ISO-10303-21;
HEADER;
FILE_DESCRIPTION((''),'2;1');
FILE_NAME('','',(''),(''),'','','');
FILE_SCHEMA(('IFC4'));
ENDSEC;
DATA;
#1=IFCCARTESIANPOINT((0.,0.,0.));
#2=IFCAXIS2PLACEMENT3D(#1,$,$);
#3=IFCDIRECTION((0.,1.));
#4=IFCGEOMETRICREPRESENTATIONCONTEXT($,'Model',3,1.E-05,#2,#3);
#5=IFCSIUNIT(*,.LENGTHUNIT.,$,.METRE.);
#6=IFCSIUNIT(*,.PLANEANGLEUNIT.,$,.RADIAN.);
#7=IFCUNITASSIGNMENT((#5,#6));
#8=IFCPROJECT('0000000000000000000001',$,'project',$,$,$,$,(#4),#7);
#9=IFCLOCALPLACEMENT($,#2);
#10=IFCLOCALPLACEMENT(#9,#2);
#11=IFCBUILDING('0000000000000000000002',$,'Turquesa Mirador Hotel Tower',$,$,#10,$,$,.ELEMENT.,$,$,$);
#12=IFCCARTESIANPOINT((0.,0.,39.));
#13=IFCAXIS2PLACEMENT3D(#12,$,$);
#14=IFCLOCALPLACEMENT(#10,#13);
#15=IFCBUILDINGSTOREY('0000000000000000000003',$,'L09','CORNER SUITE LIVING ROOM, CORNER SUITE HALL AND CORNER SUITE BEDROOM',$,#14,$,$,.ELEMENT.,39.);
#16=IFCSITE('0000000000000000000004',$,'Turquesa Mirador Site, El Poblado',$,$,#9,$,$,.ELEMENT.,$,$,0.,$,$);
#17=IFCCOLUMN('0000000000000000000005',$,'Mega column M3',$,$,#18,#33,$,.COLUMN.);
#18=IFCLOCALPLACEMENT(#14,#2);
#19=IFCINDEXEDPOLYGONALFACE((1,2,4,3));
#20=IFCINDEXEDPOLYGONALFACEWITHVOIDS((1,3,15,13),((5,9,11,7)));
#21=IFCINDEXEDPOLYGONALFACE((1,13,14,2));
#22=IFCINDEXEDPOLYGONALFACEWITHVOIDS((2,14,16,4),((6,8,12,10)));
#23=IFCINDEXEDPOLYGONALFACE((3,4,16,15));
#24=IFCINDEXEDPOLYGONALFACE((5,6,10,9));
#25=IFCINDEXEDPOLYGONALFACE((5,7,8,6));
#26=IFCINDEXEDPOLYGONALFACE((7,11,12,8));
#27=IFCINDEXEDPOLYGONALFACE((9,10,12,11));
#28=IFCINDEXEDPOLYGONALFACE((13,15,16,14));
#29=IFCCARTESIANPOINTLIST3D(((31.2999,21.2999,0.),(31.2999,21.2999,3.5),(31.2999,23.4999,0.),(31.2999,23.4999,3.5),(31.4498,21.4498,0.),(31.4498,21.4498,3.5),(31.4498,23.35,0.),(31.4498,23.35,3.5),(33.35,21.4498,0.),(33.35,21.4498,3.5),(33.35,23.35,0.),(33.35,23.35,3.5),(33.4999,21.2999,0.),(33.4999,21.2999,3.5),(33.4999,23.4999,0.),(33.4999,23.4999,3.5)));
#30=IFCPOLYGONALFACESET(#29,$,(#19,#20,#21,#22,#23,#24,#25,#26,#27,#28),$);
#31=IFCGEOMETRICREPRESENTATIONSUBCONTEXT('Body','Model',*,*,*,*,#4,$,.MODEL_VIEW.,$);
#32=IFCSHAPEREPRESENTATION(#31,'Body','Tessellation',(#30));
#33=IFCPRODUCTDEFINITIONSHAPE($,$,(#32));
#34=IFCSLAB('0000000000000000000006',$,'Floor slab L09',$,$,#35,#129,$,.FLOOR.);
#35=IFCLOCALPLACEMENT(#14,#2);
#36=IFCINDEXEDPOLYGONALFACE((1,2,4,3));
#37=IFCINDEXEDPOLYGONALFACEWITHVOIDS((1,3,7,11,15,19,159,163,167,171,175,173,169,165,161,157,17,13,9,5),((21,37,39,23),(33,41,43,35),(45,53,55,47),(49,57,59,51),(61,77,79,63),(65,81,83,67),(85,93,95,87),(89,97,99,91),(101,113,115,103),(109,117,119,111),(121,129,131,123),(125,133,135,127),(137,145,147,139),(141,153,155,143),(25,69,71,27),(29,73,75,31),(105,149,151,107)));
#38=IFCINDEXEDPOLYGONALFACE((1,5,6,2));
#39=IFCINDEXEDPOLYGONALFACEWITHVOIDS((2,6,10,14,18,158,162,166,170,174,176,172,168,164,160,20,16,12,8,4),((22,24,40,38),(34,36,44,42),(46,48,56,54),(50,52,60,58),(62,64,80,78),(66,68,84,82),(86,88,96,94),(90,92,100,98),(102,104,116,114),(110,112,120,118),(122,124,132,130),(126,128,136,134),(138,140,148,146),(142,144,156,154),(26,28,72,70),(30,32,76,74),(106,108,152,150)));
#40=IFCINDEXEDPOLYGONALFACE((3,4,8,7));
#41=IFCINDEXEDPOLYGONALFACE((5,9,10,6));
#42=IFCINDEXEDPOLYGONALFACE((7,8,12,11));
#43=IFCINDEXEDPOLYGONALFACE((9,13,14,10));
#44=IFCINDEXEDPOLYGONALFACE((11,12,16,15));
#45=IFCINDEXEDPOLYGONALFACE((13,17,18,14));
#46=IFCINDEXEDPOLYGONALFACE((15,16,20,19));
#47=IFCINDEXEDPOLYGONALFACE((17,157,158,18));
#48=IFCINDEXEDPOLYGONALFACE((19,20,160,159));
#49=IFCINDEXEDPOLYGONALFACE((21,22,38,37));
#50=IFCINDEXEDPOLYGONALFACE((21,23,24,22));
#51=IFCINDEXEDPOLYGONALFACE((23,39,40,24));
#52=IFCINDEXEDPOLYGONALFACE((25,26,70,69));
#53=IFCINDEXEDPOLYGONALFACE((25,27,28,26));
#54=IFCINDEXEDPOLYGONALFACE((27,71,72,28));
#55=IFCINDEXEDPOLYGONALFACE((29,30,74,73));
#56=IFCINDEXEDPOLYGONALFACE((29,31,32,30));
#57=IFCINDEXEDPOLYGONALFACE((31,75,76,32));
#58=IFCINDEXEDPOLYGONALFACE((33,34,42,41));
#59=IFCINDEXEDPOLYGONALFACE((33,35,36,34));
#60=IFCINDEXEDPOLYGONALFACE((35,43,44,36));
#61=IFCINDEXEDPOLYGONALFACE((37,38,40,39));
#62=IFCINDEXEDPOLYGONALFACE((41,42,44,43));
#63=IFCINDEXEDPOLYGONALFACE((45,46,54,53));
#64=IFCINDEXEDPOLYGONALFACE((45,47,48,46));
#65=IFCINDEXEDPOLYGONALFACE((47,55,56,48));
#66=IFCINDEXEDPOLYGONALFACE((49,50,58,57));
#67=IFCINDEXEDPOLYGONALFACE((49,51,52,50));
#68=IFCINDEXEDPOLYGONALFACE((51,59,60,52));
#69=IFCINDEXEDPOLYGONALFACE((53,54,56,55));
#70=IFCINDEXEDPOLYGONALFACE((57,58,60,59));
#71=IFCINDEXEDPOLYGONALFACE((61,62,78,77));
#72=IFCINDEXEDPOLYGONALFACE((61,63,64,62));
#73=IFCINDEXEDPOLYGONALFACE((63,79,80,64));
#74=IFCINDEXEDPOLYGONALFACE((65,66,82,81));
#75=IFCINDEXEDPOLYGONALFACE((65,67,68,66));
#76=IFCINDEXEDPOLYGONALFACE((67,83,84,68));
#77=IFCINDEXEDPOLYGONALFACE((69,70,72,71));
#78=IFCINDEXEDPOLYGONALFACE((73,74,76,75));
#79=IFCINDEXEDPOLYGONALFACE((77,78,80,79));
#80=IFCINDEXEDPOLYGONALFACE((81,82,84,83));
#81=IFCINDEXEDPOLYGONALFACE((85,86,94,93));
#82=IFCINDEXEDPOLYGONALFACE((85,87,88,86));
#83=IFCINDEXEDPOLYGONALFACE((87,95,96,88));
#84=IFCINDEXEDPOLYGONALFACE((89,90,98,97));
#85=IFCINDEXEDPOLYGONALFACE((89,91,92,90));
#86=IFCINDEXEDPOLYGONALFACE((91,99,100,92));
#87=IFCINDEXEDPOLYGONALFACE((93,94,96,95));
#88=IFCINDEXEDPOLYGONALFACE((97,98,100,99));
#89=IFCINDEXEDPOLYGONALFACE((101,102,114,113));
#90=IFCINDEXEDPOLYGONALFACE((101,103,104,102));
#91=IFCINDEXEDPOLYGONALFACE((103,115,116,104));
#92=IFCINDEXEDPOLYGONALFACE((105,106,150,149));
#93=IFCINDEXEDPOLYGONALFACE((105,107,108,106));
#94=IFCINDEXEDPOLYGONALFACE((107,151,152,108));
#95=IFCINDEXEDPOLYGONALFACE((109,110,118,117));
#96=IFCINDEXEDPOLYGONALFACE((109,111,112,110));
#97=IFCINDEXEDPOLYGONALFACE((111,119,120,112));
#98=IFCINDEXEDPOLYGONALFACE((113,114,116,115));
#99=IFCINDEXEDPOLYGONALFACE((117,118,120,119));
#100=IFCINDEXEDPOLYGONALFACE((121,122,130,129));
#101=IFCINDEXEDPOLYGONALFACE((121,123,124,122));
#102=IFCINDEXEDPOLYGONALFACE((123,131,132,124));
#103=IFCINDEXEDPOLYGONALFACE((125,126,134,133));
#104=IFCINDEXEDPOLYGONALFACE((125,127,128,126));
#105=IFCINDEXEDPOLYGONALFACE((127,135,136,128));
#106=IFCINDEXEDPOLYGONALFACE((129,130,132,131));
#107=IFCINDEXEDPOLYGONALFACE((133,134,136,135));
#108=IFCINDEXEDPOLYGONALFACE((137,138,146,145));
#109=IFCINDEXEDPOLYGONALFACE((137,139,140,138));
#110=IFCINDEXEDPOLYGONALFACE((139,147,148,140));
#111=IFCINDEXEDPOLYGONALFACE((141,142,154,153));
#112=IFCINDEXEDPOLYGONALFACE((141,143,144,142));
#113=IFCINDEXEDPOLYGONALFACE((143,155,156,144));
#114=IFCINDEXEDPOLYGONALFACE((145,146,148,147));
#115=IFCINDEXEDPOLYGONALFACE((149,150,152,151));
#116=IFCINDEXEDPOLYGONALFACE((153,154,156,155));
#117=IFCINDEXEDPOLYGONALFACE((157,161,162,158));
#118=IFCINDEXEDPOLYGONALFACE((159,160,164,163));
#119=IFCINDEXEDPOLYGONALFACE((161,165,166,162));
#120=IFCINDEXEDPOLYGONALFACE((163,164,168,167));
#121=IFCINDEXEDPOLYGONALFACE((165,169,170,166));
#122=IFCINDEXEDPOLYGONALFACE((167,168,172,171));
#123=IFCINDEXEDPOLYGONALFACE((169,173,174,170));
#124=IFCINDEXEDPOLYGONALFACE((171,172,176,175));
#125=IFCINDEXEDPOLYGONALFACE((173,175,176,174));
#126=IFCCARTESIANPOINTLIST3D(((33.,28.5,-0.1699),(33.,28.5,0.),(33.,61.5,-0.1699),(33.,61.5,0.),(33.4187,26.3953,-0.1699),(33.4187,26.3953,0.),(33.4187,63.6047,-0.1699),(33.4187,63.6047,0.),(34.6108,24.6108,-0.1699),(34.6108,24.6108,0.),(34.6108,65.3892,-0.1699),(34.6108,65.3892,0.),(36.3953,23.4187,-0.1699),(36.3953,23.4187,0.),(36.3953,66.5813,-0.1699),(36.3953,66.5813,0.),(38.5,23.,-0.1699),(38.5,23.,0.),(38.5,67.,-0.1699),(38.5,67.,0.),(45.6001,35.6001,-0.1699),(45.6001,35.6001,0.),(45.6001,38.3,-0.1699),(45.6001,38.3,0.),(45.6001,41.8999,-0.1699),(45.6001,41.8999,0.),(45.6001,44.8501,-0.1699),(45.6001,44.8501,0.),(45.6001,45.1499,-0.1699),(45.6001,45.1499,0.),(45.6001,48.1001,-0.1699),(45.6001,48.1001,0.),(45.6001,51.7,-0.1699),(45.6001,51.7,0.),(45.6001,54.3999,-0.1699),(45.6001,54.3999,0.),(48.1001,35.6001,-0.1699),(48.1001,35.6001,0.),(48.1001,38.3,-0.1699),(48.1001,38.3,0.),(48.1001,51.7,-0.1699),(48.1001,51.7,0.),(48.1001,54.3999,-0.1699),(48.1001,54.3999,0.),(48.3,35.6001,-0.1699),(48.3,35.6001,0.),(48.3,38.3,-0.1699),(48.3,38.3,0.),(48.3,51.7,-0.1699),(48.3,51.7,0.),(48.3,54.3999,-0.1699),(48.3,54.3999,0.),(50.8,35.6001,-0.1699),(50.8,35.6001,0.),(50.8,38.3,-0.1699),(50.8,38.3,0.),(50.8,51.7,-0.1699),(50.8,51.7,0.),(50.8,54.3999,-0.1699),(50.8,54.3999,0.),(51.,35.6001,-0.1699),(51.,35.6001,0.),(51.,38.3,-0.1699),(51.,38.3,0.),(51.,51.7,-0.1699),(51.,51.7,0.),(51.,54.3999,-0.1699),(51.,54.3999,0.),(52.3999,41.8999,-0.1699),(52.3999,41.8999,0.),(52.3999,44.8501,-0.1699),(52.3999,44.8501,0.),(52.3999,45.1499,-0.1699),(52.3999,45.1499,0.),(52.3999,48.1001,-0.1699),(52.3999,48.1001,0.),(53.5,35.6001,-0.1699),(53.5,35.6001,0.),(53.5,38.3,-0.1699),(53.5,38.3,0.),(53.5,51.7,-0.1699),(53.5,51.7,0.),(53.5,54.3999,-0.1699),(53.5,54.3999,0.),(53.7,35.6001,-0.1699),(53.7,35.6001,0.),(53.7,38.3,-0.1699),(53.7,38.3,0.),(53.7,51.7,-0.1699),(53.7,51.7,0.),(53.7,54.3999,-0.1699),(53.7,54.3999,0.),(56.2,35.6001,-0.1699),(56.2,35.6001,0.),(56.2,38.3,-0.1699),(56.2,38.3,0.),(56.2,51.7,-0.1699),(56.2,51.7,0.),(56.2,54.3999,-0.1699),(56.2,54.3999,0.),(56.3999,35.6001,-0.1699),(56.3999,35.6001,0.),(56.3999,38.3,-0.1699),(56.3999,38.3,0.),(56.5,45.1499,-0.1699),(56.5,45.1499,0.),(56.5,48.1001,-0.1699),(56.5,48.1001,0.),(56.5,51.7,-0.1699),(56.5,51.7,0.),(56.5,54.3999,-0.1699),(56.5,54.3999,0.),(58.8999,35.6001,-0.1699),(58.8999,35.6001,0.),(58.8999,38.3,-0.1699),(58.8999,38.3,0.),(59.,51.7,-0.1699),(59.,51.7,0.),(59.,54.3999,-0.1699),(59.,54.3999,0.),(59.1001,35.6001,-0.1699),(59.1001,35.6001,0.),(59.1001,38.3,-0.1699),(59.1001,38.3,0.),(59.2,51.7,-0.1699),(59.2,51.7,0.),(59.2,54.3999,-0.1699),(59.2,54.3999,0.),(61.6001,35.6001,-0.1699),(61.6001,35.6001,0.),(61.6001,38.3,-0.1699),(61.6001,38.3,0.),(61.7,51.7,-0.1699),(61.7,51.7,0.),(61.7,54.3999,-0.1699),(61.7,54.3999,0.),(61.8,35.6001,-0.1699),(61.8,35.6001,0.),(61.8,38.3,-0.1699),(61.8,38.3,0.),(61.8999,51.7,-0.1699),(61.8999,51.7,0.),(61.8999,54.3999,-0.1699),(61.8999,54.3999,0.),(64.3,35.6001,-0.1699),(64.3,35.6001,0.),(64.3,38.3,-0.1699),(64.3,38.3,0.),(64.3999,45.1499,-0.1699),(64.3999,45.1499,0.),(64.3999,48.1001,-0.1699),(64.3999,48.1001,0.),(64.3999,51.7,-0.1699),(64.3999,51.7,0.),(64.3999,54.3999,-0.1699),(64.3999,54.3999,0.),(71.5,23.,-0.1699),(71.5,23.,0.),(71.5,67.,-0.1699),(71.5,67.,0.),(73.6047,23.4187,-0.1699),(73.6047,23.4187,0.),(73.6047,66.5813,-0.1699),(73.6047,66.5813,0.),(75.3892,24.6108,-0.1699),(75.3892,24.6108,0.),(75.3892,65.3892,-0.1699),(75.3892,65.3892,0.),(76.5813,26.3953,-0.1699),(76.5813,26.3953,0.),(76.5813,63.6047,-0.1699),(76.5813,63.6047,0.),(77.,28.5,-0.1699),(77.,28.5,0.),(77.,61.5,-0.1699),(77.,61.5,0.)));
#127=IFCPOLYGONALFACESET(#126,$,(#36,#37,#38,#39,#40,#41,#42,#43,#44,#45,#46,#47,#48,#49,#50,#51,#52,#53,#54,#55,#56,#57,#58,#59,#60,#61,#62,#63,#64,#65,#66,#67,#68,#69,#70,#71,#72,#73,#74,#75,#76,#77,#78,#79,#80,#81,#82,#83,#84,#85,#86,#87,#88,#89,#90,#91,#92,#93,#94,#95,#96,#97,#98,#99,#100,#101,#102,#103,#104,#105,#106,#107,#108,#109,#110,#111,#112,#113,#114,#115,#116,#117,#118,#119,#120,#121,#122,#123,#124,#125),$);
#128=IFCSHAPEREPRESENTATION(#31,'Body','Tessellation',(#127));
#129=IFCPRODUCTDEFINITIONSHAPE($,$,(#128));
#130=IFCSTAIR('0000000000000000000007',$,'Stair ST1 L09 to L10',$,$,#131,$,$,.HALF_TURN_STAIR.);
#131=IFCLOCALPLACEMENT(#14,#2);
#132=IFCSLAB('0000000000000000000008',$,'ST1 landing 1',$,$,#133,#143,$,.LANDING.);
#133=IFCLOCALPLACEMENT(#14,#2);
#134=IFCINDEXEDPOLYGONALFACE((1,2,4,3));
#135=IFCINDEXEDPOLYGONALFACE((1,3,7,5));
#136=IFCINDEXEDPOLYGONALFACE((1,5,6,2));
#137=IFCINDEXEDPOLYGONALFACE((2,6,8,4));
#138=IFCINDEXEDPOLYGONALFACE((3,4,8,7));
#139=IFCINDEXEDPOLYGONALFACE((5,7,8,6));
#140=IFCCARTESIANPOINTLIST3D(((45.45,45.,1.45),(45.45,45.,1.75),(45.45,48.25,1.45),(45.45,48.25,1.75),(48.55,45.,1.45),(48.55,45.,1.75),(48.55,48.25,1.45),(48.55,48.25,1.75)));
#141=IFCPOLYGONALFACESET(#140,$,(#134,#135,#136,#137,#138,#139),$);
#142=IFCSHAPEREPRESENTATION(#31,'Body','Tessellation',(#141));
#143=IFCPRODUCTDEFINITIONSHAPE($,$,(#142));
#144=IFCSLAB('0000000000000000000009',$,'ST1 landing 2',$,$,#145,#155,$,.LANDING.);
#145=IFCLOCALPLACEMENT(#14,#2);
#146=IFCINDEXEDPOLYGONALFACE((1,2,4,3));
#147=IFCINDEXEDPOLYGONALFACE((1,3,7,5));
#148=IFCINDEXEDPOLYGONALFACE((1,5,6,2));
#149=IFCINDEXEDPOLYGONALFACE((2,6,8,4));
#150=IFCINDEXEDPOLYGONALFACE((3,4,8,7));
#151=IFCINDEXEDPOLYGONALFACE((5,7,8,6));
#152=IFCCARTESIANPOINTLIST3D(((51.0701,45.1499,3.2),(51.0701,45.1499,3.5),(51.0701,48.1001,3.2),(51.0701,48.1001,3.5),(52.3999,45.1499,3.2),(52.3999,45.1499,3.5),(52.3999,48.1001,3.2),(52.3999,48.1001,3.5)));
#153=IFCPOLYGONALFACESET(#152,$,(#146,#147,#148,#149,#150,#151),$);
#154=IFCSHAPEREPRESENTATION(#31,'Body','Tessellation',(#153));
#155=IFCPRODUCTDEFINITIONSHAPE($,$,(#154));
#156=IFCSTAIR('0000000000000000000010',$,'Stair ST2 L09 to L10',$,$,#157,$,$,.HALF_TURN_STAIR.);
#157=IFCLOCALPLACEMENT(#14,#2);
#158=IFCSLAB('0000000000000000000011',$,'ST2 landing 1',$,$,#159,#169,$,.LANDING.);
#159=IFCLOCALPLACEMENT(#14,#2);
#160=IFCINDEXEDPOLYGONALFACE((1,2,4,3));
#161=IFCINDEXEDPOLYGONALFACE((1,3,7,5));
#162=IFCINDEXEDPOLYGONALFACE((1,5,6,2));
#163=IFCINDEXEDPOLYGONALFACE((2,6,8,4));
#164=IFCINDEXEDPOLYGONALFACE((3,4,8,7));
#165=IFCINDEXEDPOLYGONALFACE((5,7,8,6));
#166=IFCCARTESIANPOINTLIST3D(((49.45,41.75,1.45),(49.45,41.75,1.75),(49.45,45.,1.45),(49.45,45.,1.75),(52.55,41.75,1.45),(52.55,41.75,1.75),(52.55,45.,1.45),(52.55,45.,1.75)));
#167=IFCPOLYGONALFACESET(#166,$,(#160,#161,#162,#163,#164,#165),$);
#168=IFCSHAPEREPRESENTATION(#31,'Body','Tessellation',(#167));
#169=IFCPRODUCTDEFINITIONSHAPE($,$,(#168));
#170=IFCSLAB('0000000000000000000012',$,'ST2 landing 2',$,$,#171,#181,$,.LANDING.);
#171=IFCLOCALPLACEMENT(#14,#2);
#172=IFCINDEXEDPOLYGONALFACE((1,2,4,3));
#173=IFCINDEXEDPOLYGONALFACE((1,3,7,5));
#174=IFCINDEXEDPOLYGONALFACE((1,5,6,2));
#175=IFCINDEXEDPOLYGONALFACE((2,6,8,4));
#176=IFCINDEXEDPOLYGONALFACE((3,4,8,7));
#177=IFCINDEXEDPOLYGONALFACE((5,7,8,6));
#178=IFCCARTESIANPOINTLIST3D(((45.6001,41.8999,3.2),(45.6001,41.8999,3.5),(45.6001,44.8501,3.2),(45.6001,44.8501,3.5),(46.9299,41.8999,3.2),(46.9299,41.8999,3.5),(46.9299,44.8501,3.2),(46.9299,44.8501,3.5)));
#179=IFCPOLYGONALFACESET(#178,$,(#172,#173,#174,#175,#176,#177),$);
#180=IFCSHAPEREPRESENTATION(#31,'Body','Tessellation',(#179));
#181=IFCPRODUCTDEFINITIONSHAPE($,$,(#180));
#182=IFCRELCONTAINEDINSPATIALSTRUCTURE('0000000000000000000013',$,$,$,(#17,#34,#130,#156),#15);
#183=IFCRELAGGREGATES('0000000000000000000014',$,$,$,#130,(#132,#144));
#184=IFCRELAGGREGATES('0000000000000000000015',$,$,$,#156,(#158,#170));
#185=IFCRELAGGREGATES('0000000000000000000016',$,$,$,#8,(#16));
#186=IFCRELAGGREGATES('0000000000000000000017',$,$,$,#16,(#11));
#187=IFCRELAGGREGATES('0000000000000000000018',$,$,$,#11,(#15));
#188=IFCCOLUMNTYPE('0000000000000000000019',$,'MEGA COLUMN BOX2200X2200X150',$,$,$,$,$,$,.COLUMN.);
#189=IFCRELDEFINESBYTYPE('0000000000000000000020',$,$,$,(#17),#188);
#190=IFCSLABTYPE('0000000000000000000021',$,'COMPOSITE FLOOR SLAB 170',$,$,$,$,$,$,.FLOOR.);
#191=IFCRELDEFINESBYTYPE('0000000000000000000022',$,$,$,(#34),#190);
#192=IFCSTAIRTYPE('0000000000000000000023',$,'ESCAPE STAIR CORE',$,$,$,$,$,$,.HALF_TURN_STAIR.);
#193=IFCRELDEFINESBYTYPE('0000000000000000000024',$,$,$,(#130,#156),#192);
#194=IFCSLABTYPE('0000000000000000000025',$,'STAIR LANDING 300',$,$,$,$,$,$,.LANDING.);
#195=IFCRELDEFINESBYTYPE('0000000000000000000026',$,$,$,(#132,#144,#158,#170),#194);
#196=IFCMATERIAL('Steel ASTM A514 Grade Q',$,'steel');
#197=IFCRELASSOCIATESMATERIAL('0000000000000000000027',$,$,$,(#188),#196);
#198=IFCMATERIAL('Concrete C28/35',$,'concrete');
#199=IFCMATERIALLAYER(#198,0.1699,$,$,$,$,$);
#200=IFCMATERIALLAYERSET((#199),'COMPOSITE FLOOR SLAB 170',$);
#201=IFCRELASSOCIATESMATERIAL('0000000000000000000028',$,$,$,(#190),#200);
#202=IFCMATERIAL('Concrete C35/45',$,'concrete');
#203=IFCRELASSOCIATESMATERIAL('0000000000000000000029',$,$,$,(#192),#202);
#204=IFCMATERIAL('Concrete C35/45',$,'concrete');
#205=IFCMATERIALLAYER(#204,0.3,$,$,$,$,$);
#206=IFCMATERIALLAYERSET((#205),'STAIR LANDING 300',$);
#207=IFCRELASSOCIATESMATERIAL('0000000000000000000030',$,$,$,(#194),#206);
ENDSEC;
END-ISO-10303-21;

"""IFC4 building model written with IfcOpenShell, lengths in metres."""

from ifc_helpers import new_model, si_unit, direction, frame, origin, origin_2d, place, context, subcontext, project, spatial, polyline, hollow_rectangle, outline, extrude, material, layer, layer_set, material_profile, profile_set, type_object, element, aggregate, save


model = new_model("IFC4")

# Units and contexts
model_context = context("Model", 3, precision=1e-05, world=origin(), true_north=direction((0.0, 1.0)))
body_context = subcontext(model_context, "Body", "Model", "MODEL_VIEW")
ifc_project = project(units=[si_unit("LENGTHUNIT", "METRE"), si_unit("PLANEANGLEUNIT", "RADIAN")], contexts=[model_context])

# Site, building, storey
site_placement = place(None, origin())
site = spatial("IfcSite", under=ifc_project, at=site_placement, Name="Turquesa Mirador Site, El Poblado", CompositionType="ELEMENT", RefElevation=0.0)
building_placement = place(site_placement, origin())
building = spatial("IfcBuilding", under=site, at=building_placement, Name="Turquesa Mirador Hotel Tower", CompositionType="ELEMENT")
storey_placement = place(building_placement, frame((0.0, 0.0, 39.0)))
storey = spatial("IfcBuildingStorey", under=building, at=storey_placement, Name="L09", Description="CORNER SUITE LIVING ROOM, CORNER SUITE HALL AND CORNER SUITE BEDROOM", CompositionType="ELEMENT", Elevation=39.0)

# Column
ifc_material_1 = material(Name="Steel ASTM A514 Grade Q", Category="steel")
ifc_material_profile = material_profile(ifc_material_1, hollow_rectangle(XDim=2.2, YDim=2.2, WallThickness=0.1499, at=origin_2d()), Name="BOX2200X2200X150")
ifc_profile_set = profile_set([ifc_material_profile], Name="Steel ASTM A514 Grade Q")
column_type = type_object("IfcColumnType", Name="MEGA COLUMN BOX2200X2200X150", PredefinedType="COLUMN", material=ifc_profile_set)
column_placement = place(storey_placement, frame((32.3999, 22.3999, 0.0), z_axis=(0.0, 0.0, 1.0), x_axis=(1.0, 0.0, 0.0)))
element("IfcColumn", 1, at=column_placement, inside=storey, type_object=column_type, Name="Mega column M3", PredefinedType="COLUMN", context=body_context, shape_type="SweptSolid", body=[
    extrude(hollow_rectangle(XDim=2.2, YDim=2.2, WallThickness=0.1499, at=origin_2d()), origin(), (0.0, 0.0, 1.0), 3.5),
])

# Slab
ifc_material_2 = material(Name="Concrete C28/35", Category="concrete")
ifc_layer_1 = layer(ifc_material_2, 0.1699)
ifc_layer_set_1 = layer_set([ifc_layer_1], Name="COMPOSITE FLOOR SLAB 170")
slab_type_1 = type_object("IfcSlabType", Name="COMPOSITE FLOOR SLAB 170", PredefinedType="FLOOR", material=ifc_layer_set_1)
slab_1_placement = place(storey_placement, frame((0.0, 0.0, -0.1699)))
element("IfcSlab", 2, at=slab_1_placement, inside=storey, type_object=slab_type_1, Name="Floor slab L09", PredefinedType="FLOOR", context=body_context, shape_type="SweptSolid", body=[
    extrude(outline(polyline([(71.5, 23.0), (73.6047, 23.4187), (75.3892, 24.6108), (76.5813, 26.3953), (77.0, 28.5), (77.0, 61.5), (76.5813, 63.6047), (75.3892, 65.3892), (73.6047, 66.5813), (71.5, 67.0), (38.5, 67.0), (36.3953, 66.5813), (34.6108, 65.3892), (33.4187, 63.6047), (33.0, 61.5), (33.0, 28.5), (33.4187, 26.3953), (34.6108, 24.6108), (36.3953, 23.4187), (38.5, 23.0), (71.5, 23.0)]), holes=[polyline([(45.6001, 51.7), (48.1001, 51.7), (48.1001, 54.3999), (45.6001, 54.3999), (45.6001, 51.7)]), polyline([(48.3, 51.7), (50.8, 51.7), (50.8, 54.3999), (48.3, 54.3999), (48.3, 51.7)]), polyline([(51.0, 51.7), (53.5, 51.7), (53.5, 54.3999), (51.0, 54.3999), (51.0, 51.7)]), polyline([(53.7, 51.7), (56.2, 51.7), (56.2, 54.3999), (53.7, 54.3999), (53.7, 51.7)]), polyline([(56.5, 51.7), (59.0, 51.7), (59.0, 54.3999), (56.5, 54.3999), (56.5, 51.7)]), polyline([(59.2, 51.7), (61.7, 51.7), (61.7, 54.3999), (59.2, 54.3999), (59.2, 51.7)]), polyline([(45.6001, 35.6001), (48.1001, 35.6001), (48.1001, 38.3), (45.6001, 38.3), (45.6001, 35.6001)]), polyline([(48.3, 35.6001), (50.8, 35.6001), (50.8, 38.3), (48.3, 38.3), (48.3, 35.6001)]), polyline([(51.0, 35.6001), (53.5, 35.6001), (53.5, 38.3), (51.0, 38.3), (51.0, 35.6001)]), polyline([(53.7, 35.6001), (56.2, 35.6001), (56.2, 38.3), (53.7, 38.3), (53.7, 35.6001)]), polyline([(56.3999, 35.6001), (58.8999, 35.6001), (58.8999, 38.3), (56.3999, 38.3), (56.3999, 35.6001)]), polyline([(59.1001, 35.6001), (61.6001, 35.6001), (61.6001, 38.3), (59.1001, 38.3), (59.1001, 35.6001)]), polyline([(61.8, 35.6001), (64.3, 35.6001), (64.3, 38.3), (61.8, 38.3), (61.8, 35.6001)]), polyline([(45.6001, 45.1499), (52.3999, 45.1499), (52.3999, 48.1001), (45.6001, 48.1001), (45.6001, 45.1499)]), polyline([(45.6001, 41.8999), (52.3999, 41.8999), (52.3999, 44.8501), (45.6001, 44.8501), (45.6001, 41.8999)]), polyline([(56.5, 45.1499), (64.3999, 45.1499), (64.3999, 48.1001), (56.5, 48.1001), (56.5, 45.1499)]), polyline([(61.8999, 51.7), (64.3999, 51.7), (64.3999, 54.3999), (61.8999, 54.3999), (61.8999, 51.7)])]), origin(), (0.0, 0.0, 1.0), 0.1699),
])

# Stairs, slabs
ifc_material_3 = material(Name="Concrete C35/45", Category="concrete")
stair_type = type_object("IfcStairType", Name="ESCAPE STAIR CORE", PredefinedType="HALF_TURN_STAIR", material=ifc_material_3)
stair_1_placement = place(storey_placement, origin())
stair_1 = element("IfcStair", 3, at=stair_1_placement, inside=storey, type_object=stair_type, Name="Stair ST1 L09 to L10", PredefinedType="HALF_TURN_STAIR")
ifc_material_4 = material(Name="Concrete C35/45", Category="concrete")
ifc_layer_2 = layer(ifc_material_4, 0.3)
ifc_layer_set_2 = layer_set([ifc_layer_2], Name="STAIR LANDING 300")
slab_type_2 = type_object("IfcSlabType", Name="STAIR LANDING 300", PredefinedType="LANDING", material=ifc_layer_set_2)
slab_2_placement = place(storey_placement, frame((0.0, 0.0, 1.45)))
slab_2 = element("IfcSlab", 4, at=slab_2_placement, type_object=slab_type_2, Name="ST1 landing 1", PredefinedType="LANDING", context=body_context, shape_type="SweptSolid", body=[
    extrude(outline(polyline([(45.45, 45.0), (48.55, 45.0), (48.55, 48.25), (45.45, 48.25), (45.45, 45.0)])), origin(), (0.0, 0.0, 1.0), 0.3),
])
slab_3_placement = place(storey_placement, frame((0.0, 0.0, 3.2)))
slab_3 = element("IfcSlab", 5, at=slab_3_placement, type_object=slab_type_2, Name="ST1 landing 2", PredefinedType="LANDING", context=body_context, shape_type="SweptSolid", body=[
    extrude(outline(polyline([(51.0701, 45.1499), (52.3999, 45.1499), (52.3999, 48.1001), (51.0701, 48.1001), (51.0701, 45.1499)])), origin(), (0.0, 0.0, 1.0), 0.3),
])
aggregate(stair_1, [slab_2, slab_3])
stair_2_placement = place(storey_placement, origin())
stair_2 = element("IfcStair", 6, at=stair_2_placement, inside=storey, type_object=stair_type, Name="Stair ST2 L09 to L10", PredefinedType="HALF_TURN_STAIR")
slab_4_placement = place(storey_placement, frame((0.0, 0.0, 1.45)))
slab_4 = element("IfcSlab", 7, at=slab_4_placement, type_object=slab_type_2, Name="ST2 landing 1", PredefinedType="LANDING", context=body_context, shape_type="SweptSolid", body=[
    extrude(outline(polyline([(52.55, 45.0), (49.45, 45.0), (49.45, 41.75), (52.55, 41.75), (52.55, 45.0)])), origin(), (0.0, 0.0, 1.0), 0.3),
])
slab_5_placement = place(storey_placement, frame((0.0, 0.0, 3.2)))
slab_5 = element("IfcSlab", 8, at=slab_5_placement, type_object=slab_type_2, Name="ST2 landing 2", PredefinedType="LANDING", context=body_context, shape_type="SweptSolid", body=[
    extrude(outline(polyline([(46.9299, 44.8501), (45.6001, 44.8501), (45.6001, 41.8999), (46.9299, 41.8999), (46.9299, 44.8501)])), origin(), (0.0, 0.0, 1.0), 0.3),
])
aggregate(stair_2, [slab_4, slab_5])

save(model, "model.ifc")
